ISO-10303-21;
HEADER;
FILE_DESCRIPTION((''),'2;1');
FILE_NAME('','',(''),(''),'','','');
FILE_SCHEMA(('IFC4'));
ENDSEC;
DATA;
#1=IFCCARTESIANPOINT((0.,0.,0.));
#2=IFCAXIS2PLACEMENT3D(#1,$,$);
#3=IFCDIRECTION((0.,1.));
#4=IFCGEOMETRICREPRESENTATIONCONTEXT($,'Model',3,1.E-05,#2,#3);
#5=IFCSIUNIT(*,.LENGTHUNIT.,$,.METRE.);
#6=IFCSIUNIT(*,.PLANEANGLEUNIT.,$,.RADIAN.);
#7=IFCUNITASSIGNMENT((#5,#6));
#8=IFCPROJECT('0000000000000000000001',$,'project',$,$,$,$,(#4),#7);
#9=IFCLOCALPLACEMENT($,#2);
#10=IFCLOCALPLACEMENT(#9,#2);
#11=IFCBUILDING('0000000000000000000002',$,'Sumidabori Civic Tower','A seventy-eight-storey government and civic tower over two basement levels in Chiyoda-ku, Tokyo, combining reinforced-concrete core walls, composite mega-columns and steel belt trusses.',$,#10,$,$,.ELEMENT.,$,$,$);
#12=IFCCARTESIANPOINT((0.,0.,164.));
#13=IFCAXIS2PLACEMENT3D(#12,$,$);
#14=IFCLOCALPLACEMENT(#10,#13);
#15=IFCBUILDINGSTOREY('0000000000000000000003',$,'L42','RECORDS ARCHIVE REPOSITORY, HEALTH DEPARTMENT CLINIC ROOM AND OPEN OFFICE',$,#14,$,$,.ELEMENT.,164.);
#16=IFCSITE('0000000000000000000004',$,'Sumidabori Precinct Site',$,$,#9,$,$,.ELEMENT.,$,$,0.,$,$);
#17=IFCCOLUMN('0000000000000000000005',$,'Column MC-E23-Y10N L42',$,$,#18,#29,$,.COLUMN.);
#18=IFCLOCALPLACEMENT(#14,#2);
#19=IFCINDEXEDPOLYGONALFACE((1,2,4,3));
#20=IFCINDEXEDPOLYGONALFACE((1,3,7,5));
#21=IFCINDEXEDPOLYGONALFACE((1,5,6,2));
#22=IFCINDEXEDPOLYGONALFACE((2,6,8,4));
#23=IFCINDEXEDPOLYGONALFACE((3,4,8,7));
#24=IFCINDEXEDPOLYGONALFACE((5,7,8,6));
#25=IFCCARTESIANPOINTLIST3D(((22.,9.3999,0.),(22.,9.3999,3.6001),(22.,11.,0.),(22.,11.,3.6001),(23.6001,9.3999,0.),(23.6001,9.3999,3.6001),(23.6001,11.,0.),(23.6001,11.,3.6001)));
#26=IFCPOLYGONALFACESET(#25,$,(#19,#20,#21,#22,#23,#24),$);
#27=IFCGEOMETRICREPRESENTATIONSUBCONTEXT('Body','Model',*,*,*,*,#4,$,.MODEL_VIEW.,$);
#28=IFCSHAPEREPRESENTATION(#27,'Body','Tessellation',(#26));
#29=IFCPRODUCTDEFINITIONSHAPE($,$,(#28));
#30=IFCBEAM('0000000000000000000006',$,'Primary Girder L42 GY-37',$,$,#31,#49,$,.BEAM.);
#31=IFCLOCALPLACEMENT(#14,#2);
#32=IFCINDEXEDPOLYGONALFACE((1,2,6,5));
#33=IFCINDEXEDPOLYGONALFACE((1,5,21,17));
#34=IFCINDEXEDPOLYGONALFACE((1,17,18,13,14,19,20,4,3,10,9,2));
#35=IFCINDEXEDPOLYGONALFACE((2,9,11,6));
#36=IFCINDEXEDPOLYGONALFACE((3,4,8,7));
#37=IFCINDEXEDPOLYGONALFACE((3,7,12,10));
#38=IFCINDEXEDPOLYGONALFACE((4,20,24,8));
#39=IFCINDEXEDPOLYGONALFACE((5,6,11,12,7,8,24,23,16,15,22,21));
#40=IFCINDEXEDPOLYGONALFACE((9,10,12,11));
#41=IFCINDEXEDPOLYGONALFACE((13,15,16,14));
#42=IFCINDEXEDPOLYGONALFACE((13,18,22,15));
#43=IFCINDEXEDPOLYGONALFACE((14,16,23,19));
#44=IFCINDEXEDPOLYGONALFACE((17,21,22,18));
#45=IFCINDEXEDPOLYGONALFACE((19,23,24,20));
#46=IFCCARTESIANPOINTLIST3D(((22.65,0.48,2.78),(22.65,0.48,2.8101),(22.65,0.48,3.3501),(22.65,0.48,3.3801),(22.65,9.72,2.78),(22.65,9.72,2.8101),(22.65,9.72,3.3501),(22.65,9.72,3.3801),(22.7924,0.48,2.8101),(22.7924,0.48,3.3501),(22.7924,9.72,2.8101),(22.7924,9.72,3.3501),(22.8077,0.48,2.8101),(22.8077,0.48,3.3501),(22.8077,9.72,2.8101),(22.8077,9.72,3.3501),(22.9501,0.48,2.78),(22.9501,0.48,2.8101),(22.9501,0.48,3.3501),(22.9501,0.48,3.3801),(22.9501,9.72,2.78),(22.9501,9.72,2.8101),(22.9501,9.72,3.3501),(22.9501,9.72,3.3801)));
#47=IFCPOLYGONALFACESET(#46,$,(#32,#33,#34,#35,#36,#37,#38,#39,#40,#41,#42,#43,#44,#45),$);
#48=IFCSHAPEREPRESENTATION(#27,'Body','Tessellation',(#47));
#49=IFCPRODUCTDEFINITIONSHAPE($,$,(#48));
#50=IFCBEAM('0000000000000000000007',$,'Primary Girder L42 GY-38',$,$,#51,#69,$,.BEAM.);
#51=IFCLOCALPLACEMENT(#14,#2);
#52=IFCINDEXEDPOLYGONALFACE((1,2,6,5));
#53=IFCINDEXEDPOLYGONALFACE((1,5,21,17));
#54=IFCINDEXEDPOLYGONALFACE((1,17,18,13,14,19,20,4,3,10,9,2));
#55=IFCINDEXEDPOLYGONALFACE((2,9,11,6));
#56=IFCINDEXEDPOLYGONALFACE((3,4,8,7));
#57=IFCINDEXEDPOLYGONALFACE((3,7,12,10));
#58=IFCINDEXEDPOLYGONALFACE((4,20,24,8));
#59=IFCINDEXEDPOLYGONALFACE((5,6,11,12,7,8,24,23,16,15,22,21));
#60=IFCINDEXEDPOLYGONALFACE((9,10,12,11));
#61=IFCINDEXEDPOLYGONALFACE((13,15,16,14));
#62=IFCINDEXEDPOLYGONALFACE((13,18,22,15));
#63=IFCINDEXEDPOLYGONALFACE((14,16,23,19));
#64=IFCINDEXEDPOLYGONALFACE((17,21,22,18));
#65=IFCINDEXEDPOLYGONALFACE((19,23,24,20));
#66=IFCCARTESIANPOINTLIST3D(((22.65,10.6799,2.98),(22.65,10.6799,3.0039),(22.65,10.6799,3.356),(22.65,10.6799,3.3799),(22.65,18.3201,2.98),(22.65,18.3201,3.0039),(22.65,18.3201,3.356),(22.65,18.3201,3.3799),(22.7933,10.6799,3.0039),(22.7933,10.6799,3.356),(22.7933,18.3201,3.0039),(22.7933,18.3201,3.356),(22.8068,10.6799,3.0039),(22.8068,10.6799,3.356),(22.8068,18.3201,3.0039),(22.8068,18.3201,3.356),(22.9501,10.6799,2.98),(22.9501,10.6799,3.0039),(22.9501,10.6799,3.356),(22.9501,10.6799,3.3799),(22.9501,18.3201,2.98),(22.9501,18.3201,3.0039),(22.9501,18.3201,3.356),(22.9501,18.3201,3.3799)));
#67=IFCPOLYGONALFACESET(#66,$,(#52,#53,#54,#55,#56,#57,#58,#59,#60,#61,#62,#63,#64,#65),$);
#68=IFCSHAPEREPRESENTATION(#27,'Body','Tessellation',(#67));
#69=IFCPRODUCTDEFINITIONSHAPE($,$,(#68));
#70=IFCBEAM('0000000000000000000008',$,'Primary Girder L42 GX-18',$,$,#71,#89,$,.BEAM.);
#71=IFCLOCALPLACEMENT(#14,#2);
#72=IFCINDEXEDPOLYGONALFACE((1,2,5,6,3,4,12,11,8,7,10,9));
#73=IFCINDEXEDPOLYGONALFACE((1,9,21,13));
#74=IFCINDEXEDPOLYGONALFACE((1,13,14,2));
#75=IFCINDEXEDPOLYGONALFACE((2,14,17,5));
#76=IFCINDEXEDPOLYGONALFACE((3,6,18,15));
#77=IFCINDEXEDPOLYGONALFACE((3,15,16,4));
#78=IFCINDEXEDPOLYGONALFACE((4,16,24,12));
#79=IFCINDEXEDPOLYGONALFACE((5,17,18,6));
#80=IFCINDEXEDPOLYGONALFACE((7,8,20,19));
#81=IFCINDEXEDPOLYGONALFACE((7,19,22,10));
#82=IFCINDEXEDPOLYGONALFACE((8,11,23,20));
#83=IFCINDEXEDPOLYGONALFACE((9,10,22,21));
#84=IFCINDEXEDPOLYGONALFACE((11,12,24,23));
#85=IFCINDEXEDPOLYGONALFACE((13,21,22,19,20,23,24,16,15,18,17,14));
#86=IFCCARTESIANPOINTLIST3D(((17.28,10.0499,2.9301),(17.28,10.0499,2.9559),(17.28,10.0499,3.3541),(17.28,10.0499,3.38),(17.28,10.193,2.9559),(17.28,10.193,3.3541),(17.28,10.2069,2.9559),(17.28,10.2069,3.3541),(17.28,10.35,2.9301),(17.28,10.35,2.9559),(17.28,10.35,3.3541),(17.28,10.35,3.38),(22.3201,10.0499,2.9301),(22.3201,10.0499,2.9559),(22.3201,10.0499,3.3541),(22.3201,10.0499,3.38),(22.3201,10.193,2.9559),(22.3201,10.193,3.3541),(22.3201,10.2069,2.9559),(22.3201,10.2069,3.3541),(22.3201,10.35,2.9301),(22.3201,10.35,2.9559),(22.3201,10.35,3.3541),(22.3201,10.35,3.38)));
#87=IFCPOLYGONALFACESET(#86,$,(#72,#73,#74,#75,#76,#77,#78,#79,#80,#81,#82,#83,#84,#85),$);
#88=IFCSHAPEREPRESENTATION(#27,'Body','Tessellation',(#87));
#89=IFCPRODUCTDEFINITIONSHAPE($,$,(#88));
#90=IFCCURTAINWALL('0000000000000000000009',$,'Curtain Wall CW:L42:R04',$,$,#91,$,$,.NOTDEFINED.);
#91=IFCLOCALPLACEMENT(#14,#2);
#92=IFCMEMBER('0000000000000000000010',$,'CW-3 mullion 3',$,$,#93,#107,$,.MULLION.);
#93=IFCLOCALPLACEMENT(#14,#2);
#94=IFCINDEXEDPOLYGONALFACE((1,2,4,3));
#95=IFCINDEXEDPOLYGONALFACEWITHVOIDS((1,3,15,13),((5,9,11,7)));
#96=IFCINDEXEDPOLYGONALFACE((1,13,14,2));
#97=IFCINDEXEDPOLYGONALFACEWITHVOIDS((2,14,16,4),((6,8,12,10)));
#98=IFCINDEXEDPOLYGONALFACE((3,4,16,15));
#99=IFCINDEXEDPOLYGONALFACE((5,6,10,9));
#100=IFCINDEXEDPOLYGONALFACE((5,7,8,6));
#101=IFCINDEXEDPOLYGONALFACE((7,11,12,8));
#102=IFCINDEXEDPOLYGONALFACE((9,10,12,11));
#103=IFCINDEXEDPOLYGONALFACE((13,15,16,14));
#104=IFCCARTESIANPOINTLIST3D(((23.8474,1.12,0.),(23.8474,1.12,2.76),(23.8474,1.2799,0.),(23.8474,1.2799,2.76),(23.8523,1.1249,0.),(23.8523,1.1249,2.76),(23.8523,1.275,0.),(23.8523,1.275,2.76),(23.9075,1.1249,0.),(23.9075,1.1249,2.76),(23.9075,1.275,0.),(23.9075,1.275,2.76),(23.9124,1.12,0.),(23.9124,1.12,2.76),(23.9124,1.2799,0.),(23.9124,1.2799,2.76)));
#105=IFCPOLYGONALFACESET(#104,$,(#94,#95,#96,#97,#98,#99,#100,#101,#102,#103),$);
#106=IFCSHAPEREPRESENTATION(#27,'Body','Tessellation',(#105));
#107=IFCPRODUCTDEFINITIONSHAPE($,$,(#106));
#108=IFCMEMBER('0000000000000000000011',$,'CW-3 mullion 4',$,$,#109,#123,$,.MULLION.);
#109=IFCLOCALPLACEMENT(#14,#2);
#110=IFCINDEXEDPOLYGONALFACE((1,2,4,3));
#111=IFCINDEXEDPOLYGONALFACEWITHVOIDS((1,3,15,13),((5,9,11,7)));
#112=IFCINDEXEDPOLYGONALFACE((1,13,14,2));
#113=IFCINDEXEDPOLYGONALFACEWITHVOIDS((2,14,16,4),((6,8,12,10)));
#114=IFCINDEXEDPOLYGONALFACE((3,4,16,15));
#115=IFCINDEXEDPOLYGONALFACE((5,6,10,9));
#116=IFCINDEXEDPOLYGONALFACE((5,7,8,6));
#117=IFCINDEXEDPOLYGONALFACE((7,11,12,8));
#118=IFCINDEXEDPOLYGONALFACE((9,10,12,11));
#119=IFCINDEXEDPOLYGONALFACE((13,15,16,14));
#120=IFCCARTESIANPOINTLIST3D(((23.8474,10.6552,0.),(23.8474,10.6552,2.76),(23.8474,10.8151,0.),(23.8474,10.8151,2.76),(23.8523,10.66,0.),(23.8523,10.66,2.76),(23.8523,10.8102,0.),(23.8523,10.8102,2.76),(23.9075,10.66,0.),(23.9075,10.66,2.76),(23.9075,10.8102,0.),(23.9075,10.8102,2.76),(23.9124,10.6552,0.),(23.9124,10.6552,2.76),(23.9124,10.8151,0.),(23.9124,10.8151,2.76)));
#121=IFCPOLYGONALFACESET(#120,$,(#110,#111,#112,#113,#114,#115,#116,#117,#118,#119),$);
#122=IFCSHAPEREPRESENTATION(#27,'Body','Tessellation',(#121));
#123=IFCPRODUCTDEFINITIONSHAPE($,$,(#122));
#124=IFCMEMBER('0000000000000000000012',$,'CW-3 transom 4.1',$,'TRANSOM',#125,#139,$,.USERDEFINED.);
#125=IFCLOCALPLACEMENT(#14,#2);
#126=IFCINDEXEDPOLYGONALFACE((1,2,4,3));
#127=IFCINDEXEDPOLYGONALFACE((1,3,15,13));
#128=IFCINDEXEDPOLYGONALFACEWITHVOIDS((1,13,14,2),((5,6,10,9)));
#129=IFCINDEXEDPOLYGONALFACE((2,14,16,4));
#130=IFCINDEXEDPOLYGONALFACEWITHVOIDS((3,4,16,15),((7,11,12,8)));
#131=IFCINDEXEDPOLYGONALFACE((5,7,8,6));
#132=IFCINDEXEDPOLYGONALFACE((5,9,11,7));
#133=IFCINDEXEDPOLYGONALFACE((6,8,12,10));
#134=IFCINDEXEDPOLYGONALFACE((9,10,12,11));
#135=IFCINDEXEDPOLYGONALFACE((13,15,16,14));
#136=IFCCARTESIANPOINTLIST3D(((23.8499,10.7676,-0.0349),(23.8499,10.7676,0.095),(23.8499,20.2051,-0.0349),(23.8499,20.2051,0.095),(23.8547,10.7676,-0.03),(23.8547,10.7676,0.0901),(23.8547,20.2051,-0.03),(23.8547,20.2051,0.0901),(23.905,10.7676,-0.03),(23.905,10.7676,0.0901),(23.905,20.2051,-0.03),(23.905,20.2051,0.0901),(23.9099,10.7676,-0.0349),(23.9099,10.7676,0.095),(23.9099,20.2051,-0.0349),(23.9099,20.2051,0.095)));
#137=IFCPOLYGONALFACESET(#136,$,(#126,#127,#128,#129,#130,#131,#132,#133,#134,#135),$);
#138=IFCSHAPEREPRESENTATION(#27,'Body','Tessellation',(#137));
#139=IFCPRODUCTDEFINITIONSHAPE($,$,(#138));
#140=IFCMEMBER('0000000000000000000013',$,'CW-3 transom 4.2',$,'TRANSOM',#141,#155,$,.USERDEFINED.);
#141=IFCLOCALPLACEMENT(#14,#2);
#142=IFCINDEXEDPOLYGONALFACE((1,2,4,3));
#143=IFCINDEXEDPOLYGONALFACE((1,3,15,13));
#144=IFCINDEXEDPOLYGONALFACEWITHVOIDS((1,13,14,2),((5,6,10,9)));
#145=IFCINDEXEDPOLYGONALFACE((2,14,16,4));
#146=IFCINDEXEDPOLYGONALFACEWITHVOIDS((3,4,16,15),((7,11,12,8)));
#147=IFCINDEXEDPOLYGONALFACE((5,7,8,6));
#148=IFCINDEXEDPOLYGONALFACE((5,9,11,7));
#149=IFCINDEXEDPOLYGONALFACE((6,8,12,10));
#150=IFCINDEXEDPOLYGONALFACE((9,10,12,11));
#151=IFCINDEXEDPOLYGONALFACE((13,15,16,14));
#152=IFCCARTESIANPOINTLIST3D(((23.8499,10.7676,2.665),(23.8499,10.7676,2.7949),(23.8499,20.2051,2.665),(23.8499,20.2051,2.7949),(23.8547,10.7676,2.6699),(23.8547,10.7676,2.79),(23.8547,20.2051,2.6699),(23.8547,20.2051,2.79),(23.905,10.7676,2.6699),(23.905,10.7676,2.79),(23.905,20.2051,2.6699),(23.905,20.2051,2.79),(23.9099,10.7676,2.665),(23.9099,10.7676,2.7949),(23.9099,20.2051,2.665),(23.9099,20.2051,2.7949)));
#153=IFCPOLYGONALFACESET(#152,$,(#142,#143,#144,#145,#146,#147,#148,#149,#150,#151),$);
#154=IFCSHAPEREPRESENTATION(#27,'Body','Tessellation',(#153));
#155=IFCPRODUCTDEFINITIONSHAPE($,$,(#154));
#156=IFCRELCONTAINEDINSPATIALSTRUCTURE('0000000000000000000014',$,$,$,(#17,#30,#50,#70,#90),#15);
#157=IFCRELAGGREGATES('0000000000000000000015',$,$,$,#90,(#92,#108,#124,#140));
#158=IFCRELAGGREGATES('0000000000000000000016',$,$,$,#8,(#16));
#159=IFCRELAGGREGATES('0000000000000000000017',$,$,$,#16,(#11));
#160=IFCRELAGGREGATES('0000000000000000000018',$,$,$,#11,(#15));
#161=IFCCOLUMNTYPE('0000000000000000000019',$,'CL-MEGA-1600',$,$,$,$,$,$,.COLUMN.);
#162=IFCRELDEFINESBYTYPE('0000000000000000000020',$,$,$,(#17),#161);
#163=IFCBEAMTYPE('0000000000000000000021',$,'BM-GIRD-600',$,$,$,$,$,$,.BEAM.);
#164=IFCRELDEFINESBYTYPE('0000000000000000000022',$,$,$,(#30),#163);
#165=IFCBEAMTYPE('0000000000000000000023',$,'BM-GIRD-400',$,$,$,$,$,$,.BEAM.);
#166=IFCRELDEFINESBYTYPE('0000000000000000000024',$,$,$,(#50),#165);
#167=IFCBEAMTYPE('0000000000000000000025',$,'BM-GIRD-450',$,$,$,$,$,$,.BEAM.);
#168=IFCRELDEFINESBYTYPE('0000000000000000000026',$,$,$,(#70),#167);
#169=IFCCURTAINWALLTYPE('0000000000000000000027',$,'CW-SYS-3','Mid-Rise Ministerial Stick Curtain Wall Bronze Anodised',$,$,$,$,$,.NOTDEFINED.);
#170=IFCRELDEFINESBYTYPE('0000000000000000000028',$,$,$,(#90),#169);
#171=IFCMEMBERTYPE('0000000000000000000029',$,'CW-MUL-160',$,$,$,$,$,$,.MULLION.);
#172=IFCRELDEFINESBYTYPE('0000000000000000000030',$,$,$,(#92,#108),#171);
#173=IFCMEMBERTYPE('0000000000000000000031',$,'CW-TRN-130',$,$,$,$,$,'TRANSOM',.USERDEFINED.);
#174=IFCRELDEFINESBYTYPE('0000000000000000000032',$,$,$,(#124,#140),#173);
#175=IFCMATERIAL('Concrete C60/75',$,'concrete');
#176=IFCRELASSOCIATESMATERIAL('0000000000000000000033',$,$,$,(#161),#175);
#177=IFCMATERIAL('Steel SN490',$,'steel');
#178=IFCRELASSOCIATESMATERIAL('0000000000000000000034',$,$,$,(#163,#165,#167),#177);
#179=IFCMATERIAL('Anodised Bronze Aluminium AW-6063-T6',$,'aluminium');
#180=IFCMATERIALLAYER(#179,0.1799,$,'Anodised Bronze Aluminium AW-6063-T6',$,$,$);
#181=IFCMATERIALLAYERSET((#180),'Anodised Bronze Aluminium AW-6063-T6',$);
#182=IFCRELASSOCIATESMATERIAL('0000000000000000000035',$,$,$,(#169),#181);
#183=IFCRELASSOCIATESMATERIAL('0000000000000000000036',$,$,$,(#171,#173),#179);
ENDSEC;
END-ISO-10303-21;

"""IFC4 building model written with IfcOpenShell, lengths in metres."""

from ifc_helpers import new_model, si_unit, direction, frame, origin, origin_2d, place, context, subcontext, project, spatial, rectangle, hollow_rectangle, i_section, extrude, source, transform, mapped, material, layer, layer_set, material_profile, profile_set, type_object, element, aggregate, save


model = new_model("IFC4")

# Units and contexts
model_context = context("Model", 3, precision=1e-05, world=origin(), true_north=direction((0.0, 1.0)))
body_context = subcontext(model_context, "Body", "Model", "MODEL_VIEW")
ifc_project = project(units=[si_unit("LENGTHUNIT", "METRE"), si_unit("PLANEANGLEUNIT", "RADIAN")], contexts=[model_context])

# Site, building, storey
site_placement = place(None, origin())
site = spatial("IfcSite", under=ifc_project, at=site_placement, Name="Sumidabori Precinct Site", CompositionType="ELEMENT", RefElevation=0.0)
building_placement = place(site_placement, origin())
building = spatial("IfcBuilding", under=site, at=building_placement, Name="Sumidabori Civic Tower", Description="A seventy-eight-storey government and civic tower over two basement levels in Chiyoda-ku, Tokyo, combining reinforced-concrete core walls, composite mega-columns and steel belt trusses.", CompositionType="ELEMENT")
storey_placement = place(building_placement, frame((0.0, 0.0, 164.0)))
storey = spatial("IfcBuildingStorey", under=building, at=storey_placement, Name="L42", Description="RECORDS ARCHIVE REPOSITORY, HEALTH DEPARTMENT CLINIC ROOM AND OPEN OFFICE", CompositionType="ELEMENT", Elevation=164.0)

# Column
ifc_material_1 = material(Name="Concrete C60/75", Category="concrete")
ifc_material_profile_1 = material_profile(ifc_material_1, rectangle(XDim=1.6001, YDim=1.6001, at=origin_2d()), Name="RC 1600x1600")
ifc_profile_set_1 = profile_set([ifc_material_profile_1], Name="Concrete C60/75")
column_type = type_object("IfcColumnType", Name="CL-MEGA-1600", PredefinedType="COLUMN", material=ifc_profile_set_1)
shared_shape_1 = source(origin(), body_context, "Body", "SweptSolid", [
    extrude(rectangle(XDim=1.6001, YDim=1.6001, at=origin_2d()), origin(), (0.0, 0.0, 1.0), 3.6001),
])
column_placement = place(storey_placement, frame((22.8, 10.2, 0.0), z_axis=(0.0, 0.0, 1.0), x_axis=(1.0, 0.0, 0.0)))
element("IfcColumn", 1, at=column_placement, inside=storey, type_object=column_type, Name="Column MC-E23-Y10N L42", PredefinedType="COLUMN", context=body_context, shape_type="MappedRepresentation", body=[
    mapped(shared_shape_1, transform((0.0, 0.0, 0.0), x_axis=(1.0, 0.0, 0.0), y_axis=(0.0, 1.0, 0.0), z_axis=(0.0, 0.0, 1.0), scale=1.0)),
])

# Beams
ifc_material_2 = material(Name="Steel SN490", Category="steel")
ifc_material_profile_2 = material_profile(ifc_material_2, i_section(OverallWidth=0.3, OverallDepth=0.6001, WebThickness=0.0154, FlangeThickness=0.03, at=origin_2d()), Name="HE 600 B")
ifc_profile_set_2 = profile_set([ifc_material_profile_2], Name="Steel SN490")
beam_type_1 = type_object("IfcBeamType", Name="BM-GIRD-600", PredefinedType="BEAM", material=ifc_profile_set_2)
shared_shape_2 = source(origin(), body_context, "Body", "SweptSolid", [
    extrude(i_section(OverallWidth=0.3, OverallDepth=0.6001, WebThickness=0.0154, FlangeThickness=0.03, at=origin_2d()), origin(), (0.0, 0.0, 1.0), 9.24),
])
beam_1_placement = place(storey_placement, frame((22.8, 0.48, 3.0801), z_axis=(0.0, 1.0, 0.0), x_axis=(-1.0, 0.0, 0.0)))
element("IfcBeam", 2, at=beam_1_placement, inside=storey, type_object=beam_type_1, Name="Primary Girder L42 GY-37", PredefinedType="BEAM", context=body_context, shape_type="MappedRepresentation", body=[
    mapped(shared_shape_2, transform((0.0, 0.0, 0.0), x_axis=(1.0, 0.0, 0.0), y_axis=(0.0, 1.0, 0.0), z_axis=(0.0, 0.0, 1.0), scale=1.0)),
])
ifc_material_profile_3 = material_profile(ifc_material_2, i_section(OverallWidth=0.3, OverallDepth=0.3999, WebThickness=0.0134, FlangeThickness=0.0239, at=origin_2d()), Name="HE 400 B")
ifc_profile_set_3 = profile_set([ifc_material_profile_3], Name="Steel SN490")
beam_type_2 = type_object("IfcBeamType", Name="BM-GIRD-400", PredefinedType="BEAM", material=ifc_profile_set_3)
shared_shape_3 = source(origin(), body_context, "Body", "SweptSolid", [
    extrude(i_section(OverallWidth=0.3, OverallDepth=0.3999, WebThickness=0.0134, FlangeThickness=0.0239, at=origin_2d()), origin(), (0.0, 0.0, 1.0), 7.6401),
])
beam_2_placement = place(storey_placement, frame((22.8, 10.6799, 3.1799), z_axis=(0.0, 1.0, 0.0), x_axis=(-1.0, 0.0, 0.0)))
element("IfcBeam", 3, at=beam_2_placement, inside=storey, type_object=beam_type_2, Name="Primary Girder L42 GY-38", PredefinedType="BEAM", context=body_context, shape_type="MappedRepresentation", body=[
    mapped(shared_shape_3, transform((0.0, 0.0, 0.0), x_axis=(1.0, 0.0, 0.0), y_axis=(0.0, 1.0, 0.0), z_axis=(0.0, 0.0, 1.0), scale=1.0)),
])
ifc_material_profile_4 = material_profile(ifc_material_2, i_section(OverallWidth=0.3, OverallDepth=0.45, WebThickness=0.0139, FlangeThickness=0.0259, at=origin_2d()), Name="HE 450 B")
ifc_profile_set_4 = profile_set([ifc_material_profile_4], Name="Steel SN490")
beam_type_3 = type_object("IfcBeamType", Name="BM-GIRD-450", PredefinedType="BEAM", material=ifc_profile_set_4)
shared_shape_4 = source(origin(), body_context, "Body", "SweptSolid", [
    extrude(i_section(OverallWidth=0.3, OverallDepth=0.45, WebThickness=0.0139, FlangeThickness=0.0259, at=origin_2d()), origin(), (0.0, 0.0, 1.0), 5.04),
])
beam_3_placement = place(storey_placement, frame((17.28, 10.2, 3.155), z_axis=(1.0, 0.0, 0.0), x_axis=(0.0, 1.0, 0.0)))
element("IfcBeam", 4, at=beam_3_placement, inside=storey, type_object=beam_type_3, Name="Primary Girder L42 GX-18", PredefinedType="BEAM", context=body_context, shape_type="MappedRepresentation", body=[
    mapped(shared_shape_4, transform((0.0, 0.0, 0.0), x_axis=(1.0, 0.0, 0.0), y_axis=(0.0, 1.0, 0.0), z_axis=(0.0, 0.0, 1.0), scale=1.0)),
])

# Curtain wall, members
ifc_material_3 = material(Name="Anodised Bronze Aluminium AW-6063-T6", Category="aluminium")
ifc_layer_1 = layer(ifc_material_3, 0.1799, Name="Anodised Bronze Aluminium AW-6063-T6")
ifc_layer_set_1 = layer_set([ifc_layer_1], Name="Anodised Bronze Aluminium AW-6063-T6")
curtain_wall_type = type_object("IfcCurtainWallType", Name="CW-SYS-3", Description="Mid-Rise Ministerial Stick Curtain Wall Bronze Anodised", PredefinedType="NOTDEFINED", material=ifc_layer_set_1)
curtain_wall_placement = place(storey_placement, origin())
curtain_wall = element("IfcCurtainWall", 5, at=curtain_wall_placement, inside=storey, type_object=curtain_wall_type, Name="Curtain Wall CW:L42:R04", PredefinedType="NOTDEFINED")
ifc_material_profile_5 = material_profile(ifc_material_3, hollow_rectangle(XDim=0.0649, YDim=0.1599, WallThickness=0.0049, at=origin_2d()), Name="ALU MULLION 160x65")
ifc_profile_set_5 = profile_set([ifc_material_profile_5], Name="Anodised Bronze Aluminium AW-6063-T6")
member_type_1 = type_object("IfcMemberType", Name="CW-MUL-160", PredefinedType="MULLION", material=ifc_profile_set_5)
shared_shape_5 = source(origin(), body_context, "Body", "SweptSolid", [
    extrude(hollow_rectangle(XDim=0.0649, YDim=0.1599, WallThickness=0.0049, at=origin_2d()), origin(), (0.0, 0.0, 1.0), 2.76),
])
member_1_placement = place(storey_placement, frame((23.8799, 1.2, 0.0), z_axis=(0.0, 0.0, 1.0), x_axis=(-1.0, 0.0, 0.0)))
member_1 = element("IfcMember", 6, at=member_1_placement, type_object=member_type_1, Name="CW-3 mullion 3", PredefinedType="MULLION", context=body_context, shape_type="MappedRepresentation", body=[
    mapped(shared_shape_5, transform((0.0, 0.0, 0.0), x_axis=(1.0, 0.0, 0.0), y_axis=(0.0, 1.0, 0.0), z_axis=(0.0, 0.0, 1.0), scale=1.0)),
])
member_2_placement = place(storey_placement, frame((23.8799, 10.7351, 0.0), z_axis=(0.0, 0.0, 1.0), x_axis=(-1.0, 0.0, 0.0)))
member_2 = element("IfcMember", 7, at=member_2_placement, type_object=member_type_1, Name="CW-3 mullion 4", PredefinedType="MULLION", context=body_context, shape_type="MappedRepresentation", body=[
    mapped(shared_shape_5, transform((0.0, 0.0, 0.0), x_axis=(1.0, 0.0, 0.0), y_axis=(0.0, 1.0, 0.0), z_axis=(0.0, 0.0, 1.0), scale=1.0)),
])
ifc_material_profile_6 = material_profile(ifc_material_3, hollow_rectangle(XDim=0.0601, YDim=0.1299, WallThickness=0.0049, at=origin_2d()), Name="ALU TRANSOM 130x60")
ifc_profile_set_6 = profile_set([ifc_material_profile_6], Name="Anodised Bronze Aluminium AW-6063-T6")
member_type_2 = type_object("IfcMemberType", Name="CW-TRN-130", ElementType="TRANSOM", PredefinedType="USERDEFINED", material=ifc_profile_set_6)
shared_shape_6 = source(origin(), body_context, "Body", "SweptSolid", [
    extrude(hollow_rectangle(XDim=0.0601, YDim=0.1299, WallThickness=0.0049, at=origin_2d()), origin(), (0.0, 0.0, 1.0), 9.4375),
])
member_3_placement = place(storey_placement, frame((23.8799, 10.7676, 0.03), z_axis=(0.0, 1.0, 0.0), x_axis=(-1.0, 0.0, 0.0)))
member_3 = element("IfcMember", 8, at=member_3_placement, type_object=member_type_2, Name="CW-3 transom 4.1", ObjectType="TRANSOM", PredefinedType="USERDEFINED", context=body_context, shape_type="MappedRepresentation", body=[
    mapped(shared_shape_6, transform((0.0, 0.0, 0.0), x_axis=(1.0, 0.0, 0.0), y_axis=(0.0, 1.0, 0.0), z_axis=(0.0, 0.0, 1.0), scale=1.0)),
])
member_4_placement = place(storey_placement, frame((23.8799, 10.7676, 2.73), z_axis=(0.0, 1.0, 0.0), x_axis=(-1.0, 0.0, 0.0)))
member_4 = element("IfcMember", 9, at=member_4_placement, type_object=member_type_2, Name="CW-3 transom 4.2", ObjectType="TRANSOM", PredefinedType="USERDEFINED", context=body_context, shape_type="MappedRepresentation", body=[
    mapped(shared_shape_6, transform((0.0, 0.0, 0.0), x_axis=(1.0, 0.0, 0.0), y_axis=(0.0, 1.0, 0.0), z_axis=(0.0, 0.0, 1.0), scale=1.0)),
])
aggregate(curtain_wall, [member_1, member_2, member_3, member_4])

save(model, "model.ifc")
